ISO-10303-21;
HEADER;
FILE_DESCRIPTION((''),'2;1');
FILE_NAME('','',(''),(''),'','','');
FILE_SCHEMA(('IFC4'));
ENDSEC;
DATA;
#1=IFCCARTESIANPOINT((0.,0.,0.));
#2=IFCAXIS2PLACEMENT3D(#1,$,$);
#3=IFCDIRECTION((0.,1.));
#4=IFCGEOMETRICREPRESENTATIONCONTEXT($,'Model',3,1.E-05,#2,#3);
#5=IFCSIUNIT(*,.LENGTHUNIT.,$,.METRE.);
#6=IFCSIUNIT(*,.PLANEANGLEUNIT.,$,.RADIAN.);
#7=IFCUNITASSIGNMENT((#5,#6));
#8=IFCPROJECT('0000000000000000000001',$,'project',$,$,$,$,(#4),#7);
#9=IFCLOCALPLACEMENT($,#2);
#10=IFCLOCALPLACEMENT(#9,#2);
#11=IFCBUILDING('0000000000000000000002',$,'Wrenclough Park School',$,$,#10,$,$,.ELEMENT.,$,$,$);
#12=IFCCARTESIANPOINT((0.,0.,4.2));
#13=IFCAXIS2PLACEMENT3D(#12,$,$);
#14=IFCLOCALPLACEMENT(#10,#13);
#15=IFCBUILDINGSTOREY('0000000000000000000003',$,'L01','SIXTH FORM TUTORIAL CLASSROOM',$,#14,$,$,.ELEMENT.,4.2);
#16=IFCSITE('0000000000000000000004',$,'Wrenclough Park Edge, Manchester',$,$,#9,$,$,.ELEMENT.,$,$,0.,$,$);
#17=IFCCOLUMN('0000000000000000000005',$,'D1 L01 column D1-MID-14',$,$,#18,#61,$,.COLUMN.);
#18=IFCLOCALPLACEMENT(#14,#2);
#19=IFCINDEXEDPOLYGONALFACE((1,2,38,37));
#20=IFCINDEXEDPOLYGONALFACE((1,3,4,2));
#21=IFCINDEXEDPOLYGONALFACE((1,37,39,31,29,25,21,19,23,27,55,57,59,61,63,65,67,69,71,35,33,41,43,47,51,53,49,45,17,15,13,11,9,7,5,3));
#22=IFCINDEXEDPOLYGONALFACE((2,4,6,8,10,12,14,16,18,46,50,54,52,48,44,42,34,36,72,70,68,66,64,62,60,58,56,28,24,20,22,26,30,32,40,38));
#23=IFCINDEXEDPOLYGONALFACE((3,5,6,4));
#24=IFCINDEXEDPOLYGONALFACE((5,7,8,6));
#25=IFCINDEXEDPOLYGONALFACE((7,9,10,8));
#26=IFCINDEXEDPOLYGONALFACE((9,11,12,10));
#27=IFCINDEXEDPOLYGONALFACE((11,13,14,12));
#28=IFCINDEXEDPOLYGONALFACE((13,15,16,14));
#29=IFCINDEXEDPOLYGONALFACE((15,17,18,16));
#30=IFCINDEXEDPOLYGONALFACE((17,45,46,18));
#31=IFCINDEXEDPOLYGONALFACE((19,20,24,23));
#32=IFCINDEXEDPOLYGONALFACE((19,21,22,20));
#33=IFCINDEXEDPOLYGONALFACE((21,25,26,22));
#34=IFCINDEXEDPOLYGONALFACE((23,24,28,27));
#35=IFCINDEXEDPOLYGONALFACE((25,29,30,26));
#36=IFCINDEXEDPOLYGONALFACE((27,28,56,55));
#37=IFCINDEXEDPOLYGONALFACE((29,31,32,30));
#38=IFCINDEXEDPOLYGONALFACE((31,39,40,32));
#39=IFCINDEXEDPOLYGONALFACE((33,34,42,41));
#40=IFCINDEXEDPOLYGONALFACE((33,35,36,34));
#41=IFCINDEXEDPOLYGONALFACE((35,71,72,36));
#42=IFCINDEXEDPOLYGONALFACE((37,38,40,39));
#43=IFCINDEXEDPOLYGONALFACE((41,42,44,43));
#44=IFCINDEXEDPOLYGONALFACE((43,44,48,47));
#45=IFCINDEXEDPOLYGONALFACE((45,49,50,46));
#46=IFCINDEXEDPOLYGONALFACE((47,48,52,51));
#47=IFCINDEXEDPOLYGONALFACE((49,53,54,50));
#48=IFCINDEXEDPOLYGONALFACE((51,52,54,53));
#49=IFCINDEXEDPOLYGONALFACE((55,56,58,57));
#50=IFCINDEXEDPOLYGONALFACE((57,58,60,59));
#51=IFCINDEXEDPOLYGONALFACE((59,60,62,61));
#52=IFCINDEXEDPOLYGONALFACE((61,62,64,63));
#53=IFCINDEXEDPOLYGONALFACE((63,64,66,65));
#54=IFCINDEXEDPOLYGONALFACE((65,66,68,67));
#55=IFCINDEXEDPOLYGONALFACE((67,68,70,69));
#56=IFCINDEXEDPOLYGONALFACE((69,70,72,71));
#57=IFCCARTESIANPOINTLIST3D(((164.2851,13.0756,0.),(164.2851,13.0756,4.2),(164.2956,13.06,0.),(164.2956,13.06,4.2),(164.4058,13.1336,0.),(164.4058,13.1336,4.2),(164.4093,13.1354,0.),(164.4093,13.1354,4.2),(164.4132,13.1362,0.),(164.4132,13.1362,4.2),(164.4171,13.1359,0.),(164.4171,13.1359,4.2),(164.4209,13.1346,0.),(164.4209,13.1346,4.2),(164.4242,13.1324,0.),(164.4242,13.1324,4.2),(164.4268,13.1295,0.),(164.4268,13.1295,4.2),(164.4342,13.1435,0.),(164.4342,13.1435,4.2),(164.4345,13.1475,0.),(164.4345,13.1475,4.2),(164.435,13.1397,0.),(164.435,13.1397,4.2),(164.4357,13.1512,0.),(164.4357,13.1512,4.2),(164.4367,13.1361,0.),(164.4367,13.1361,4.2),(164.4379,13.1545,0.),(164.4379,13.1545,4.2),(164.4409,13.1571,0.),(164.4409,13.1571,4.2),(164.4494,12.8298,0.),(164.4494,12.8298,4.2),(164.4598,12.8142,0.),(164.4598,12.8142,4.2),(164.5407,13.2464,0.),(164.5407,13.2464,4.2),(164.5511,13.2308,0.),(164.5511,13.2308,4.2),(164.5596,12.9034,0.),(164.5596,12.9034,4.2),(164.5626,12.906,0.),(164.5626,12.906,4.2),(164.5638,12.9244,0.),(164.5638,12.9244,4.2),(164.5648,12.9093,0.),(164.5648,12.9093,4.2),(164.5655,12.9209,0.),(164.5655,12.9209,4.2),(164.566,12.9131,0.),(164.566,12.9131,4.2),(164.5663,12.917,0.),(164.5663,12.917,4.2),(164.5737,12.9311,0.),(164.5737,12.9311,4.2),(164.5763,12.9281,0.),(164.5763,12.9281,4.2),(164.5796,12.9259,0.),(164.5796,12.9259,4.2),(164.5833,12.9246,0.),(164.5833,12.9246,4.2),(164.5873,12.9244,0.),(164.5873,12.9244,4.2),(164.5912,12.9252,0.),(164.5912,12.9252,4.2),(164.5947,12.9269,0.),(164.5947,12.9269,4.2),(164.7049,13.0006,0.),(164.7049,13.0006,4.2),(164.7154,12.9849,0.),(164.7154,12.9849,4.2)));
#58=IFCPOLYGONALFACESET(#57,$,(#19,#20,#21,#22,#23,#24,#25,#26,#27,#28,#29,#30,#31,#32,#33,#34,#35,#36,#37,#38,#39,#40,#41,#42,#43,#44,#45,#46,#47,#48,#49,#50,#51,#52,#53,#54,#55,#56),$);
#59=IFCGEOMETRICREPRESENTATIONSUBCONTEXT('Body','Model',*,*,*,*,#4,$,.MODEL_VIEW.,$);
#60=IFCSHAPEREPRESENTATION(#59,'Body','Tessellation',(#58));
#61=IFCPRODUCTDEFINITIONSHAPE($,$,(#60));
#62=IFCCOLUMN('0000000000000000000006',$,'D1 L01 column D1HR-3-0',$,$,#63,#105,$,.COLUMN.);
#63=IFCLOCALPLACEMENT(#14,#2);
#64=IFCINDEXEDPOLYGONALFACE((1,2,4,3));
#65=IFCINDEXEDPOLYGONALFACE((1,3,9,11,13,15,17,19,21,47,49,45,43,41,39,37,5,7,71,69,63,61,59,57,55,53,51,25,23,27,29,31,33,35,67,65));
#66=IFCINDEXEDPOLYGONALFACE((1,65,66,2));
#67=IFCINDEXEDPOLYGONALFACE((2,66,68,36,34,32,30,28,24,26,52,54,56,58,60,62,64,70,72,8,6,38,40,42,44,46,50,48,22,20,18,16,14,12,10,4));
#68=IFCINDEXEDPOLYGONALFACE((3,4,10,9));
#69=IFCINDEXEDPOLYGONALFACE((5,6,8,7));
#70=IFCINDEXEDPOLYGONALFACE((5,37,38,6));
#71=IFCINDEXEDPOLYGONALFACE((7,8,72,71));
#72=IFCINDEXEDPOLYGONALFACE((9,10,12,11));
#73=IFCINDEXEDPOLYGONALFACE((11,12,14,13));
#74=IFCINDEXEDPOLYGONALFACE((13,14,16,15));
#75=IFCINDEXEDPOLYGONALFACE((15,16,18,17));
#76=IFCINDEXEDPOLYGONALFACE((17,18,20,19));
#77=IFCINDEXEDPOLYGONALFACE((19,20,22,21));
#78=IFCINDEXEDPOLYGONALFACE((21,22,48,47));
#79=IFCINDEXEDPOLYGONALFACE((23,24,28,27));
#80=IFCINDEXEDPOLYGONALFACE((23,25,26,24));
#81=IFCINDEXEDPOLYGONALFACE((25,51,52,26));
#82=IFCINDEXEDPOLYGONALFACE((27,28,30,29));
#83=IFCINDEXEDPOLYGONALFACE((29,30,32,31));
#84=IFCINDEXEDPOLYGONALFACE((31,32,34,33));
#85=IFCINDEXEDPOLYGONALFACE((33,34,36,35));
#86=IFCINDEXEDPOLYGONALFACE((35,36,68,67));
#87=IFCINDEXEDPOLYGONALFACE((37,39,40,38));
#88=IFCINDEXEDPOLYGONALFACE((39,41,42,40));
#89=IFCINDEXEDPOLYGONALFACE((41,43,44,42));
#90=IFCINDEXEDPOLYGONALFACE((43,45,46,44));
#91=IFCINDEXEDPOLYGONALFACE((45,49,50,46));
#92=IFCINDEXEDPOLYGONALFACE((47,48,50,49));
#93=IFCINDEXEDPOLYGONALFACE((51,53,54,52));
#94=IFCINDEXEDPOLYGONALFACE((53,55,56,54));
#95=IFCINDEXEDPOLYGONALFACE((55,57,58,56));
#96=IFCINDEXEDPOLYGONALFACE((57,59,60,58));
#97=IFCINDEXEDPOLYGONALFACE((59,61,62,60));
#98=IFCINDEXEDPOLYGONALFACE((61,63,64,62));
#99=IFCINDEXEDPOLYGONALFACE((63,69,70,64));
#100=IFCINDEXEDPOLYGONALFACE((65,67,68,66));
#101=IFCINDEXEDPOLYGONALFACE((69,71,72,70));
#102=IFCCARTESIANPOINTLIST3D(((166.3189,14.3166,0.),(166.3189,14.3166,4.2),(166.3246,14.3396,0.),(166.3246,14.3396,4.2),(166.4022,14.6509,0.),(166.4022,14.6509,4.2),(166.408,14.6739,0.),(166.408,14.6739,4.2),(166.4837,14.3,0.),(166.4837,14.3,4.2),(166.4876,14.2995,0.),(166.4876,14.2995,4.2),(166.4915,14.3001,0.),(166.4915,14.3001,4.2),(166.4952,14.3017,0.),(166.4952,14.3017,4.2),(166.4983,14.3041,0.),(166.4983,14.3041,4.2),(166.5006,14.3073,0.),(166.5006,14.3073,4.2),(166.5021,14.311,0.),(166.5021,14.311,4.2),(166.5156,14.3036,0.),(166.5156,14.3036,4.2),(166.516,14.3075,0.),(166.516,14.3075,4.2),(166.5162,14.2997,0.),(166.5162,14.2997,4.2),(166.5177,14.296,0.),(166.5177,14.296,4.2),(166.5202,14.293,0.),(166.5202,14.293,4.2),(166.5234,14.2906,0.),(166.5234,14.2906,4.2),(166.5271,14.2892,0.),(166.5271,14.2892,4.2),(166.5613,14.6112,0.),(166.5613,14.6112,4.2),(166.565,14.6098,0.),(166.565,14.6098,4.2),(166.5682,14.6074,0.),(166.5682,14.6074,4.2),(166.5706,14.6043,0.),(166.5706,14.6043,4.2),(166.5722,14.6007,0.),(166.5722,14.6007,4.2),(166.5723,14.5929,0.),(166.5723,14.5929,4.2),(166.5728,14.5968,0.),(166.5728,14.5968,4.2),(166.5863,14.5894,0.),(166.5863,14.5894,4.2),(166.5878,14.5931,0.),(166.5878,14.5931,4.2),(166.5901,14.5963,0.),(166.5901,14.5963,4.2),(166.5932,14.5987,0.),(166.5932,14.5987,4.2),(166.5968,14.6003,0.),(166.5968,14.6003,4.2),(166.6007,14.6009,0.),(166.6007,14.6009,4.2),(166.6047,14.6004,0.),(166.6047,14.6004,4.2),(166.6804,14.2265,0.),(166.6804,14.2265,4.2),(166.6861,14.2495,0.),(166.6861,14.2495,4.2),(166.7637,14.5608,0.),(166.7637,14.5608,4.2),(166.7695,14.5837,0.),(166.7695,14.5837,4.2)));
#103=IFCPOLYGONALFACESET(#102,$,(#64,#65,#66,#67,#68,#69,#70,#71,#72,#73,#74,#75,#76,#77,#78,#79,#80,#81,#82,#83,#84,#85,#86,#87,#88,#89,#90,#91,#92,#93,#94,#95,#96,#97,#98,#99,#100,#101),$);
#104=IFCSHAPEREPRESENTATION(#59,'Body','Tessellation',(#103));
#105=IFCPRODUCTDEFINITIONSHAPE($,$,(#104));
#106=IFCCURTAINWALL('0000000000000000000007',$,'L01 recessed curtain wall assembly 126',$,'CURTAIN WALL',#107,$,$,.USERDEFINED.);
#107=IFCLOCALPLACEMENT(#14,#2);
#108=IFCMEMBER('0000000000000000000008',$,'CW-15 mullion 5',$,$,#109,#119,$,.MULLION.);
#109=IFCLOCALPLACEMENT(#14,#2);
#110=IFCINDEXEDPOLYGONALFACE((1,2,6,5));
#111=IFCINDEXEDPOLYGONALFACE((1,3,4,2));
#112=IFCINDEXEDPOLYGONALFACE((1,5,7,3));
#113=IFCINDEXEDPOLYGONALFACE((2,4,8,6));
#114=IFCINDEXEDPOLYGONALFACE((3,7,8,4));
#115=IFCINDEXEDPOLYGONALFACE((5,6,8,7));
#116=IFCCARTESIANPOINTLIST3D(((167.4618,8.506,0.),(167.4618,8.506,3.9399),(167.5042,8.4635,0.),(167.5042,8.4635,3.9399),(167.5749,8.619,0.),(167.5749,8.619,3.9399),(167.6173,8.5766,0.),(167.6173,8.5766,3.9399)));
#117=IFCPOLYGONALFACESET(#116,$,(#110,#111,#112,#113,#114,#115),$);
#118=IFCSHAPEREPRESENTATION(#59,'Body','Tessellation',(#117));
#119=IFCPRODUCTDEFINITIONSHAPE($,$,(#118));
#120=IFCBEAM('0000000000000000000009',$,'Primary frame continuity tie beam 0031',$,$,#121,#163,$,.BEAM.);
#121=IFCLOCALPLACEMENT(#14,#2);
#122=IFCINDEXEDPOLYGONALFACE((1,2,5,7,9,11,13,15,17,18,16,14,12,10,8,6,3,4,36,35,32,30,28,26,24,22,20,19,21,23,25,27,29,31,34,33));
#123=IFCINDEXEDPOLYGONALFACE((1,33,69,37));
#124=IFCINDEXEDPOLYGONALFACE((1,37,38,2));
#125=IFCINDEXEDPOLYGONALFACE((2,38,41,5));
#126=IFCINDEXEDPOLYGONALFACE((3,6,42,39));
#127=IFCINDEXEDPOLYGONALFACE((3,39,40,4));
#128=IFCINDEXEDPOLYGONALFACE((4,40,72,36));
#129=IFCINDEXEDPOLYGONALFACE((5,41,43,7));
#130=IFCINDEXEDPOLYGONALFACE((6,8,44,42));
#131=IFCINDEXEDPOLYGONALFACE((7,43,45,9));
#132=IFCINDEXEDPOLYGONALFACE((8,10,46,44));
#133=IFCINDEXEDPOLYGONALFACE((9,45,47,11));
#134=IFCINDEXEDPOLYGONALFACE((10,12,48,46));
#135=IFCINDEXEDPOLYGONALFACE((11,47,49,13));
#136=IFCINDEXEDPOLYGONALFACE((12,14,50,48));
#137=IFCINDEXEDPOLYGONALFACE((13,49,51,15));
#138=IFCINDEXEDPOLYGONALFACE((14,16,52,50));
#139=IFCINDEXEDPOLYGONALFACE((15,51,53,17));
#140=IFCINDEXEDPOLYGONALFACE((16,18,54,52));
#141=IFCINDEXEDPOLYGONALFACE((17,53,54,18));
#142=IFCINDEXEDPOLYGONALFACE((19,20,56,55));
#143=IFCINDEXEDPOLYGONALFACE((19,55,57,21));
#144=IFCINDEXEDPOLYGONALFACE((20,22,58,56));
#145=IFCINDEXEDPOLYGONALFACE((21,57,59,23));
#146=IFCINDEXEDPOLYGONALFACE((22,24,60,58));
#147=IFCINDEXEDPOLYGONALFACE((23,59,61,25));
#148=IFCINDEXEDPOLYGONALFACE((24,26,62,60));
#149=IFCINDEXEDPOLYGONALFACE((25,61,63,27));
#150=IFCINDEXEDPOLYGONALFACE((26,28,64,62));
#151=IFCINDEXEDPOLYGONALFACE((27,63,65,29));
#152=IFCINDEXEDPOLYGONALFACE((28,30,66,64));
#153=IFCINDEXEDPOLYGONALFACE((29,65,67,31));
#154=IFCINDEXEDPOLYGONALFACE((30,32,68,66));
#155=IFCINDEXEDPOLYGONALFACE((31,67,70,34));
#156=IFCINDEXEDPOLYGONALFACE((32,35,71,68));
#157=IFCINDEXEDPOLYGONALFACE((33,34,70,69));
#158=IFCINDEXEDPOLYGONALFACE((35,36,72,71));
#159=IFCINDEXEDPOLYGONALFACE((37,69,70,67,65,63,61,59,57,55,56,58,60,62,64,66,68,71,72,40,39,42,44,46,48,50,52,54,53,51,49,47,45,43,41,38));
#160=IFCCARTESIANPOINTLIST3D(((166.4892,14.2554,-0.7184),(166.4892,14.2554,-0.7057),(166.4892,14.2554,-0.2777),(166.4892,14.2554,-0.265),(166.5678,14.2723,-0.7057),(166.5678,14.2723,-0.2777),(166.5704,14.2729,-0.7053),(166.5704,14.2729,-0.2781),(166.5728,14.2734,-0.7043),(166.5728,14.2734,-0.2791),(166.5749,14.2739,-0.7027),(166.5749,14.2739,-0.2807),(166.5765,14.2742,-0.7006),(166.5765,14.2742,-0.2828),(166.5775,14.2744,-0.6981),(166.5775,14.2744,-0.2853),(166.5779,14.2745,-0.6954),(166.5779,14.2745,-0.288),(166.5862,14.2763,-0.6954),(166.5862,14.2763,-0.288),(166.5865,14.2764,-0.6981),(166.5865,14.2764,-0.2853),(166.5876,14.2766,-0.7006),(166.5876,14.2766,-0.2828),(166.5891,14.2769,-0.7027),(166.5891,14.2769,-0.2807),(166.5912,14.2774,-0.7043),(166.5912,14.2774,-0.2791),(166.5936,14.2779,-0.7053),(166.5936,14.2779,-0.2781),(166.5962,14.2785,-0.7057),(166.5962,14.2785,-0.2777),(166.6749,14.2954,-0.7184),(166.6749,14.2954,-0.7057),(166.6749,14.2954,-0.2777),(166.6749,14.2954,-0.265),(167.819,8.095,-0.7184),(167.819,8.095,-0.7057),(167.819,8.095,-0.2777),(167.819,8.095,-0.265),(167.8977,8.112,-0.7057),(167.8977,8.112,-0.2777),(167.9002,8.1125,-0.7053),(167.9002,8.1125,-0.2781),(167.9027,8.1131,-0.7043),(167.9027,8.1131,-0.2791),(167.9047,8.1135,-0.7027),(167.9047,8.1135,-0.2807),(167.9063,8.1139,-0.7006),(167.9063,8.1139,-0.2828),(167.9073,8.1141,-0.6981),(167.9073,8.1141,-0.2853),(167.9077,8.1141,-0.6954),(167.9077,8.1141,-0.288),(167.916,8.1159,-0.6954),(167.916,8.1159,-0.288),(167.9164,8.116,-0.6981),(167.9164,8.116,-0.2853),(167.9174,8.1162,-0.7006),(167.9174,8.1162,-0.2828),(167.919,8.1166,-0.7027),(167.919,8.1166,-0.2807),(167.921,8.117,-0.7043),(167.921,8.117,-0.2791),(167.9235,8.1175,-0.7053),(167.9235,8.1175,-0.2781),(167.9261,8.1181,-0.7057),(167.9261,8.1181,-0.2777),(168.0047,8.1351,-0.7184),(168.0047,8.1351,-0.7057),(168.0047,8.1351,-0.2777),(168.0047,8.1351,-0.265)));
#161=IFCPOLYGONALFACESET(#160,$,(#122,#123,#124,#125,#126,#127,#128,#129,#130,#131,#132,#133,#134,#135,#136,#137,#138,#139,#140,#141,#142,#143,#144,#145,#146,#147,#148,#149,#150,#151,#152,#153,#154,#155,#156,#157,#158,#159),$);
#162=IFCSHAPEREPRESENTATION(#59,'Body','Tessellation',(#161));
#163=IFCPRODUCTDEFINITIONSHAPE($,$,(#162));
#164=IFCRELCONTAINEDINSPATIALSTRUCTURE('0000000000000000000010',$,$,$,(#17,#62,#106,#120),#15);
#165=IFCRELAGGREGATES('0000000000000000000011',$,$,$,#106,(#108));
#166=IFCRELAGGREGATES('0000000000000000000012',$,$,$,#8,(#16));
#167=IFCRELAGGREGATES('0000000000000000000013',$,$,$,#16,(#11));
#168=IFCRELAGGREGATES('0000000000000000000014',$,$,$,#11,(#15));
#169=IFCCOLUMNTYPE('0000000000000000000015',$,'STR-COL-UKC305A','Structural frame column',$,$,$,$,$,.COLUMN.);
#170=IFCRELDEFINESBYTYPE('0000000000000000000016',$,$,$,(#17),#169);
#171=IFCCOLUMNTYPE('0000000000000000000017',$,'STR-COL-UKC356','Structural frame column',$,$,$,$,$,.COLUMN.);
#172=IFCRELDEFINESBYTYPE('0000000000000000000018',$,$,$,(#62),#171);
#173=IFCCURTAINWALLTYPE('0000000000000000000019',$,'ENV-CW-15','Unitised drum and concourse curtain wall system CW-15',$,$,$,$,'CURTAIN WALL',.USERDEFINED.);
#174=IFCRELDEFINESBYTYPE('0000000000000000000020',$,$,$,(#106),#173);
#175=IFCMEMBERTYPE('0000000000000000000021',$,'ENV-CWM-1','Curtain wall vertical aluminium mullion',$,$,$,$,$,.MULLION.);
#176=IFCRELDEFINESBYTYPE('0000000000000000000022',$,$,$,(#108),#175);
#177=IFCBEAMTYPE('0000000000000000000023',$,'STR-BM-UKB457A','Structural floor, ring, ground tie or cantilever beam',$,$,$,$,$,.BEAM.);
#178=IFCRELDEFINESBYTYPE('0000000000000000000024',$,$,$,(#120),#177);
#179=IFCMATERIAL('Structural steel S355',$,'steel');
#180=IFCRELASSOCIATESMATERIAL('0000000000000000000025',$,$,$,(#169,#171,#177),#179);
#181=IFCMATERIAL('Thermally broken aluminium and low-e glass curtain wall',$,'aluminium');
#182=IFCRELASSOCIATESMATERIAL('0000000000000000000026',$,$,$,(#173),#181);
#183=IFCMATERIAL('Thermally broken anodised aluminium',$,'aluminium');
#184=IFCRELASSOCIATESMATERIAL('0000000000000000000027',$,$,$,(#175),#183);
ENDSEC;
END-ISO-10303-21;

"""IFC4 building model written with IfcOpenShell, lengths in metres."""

from ifc_helpers import new_model, si_unit, direction, frame, origin, origin_2d, place, context, subcontext, project, spatial, rectangle, i_section, extrude, material, material_profile, profile_set, type_object, element, aggregate, save


model = new_model("IFC4")

# Units and contexts
model_context = context("Model", 3, precision=1e-05, world=origin(), true_north=direction((0.0, 1.0)))
body_context = subcontext(model_context, "Body", "Model", "MODEL_VIEW")
ifc_project = project(units=[si_unit("LENGTHUNIT", "METRE"), si_unit("PLANEANGLEUNIT", "RADIAN")], contexts=[model_context])

# Site, building, storey
site_placement = place(None, origin())
site = spatial("IfcSite", under=ifc_project, at=site_placement, Name="Wrenclough Park Edge, Manchester", CompositionType="ELEMENT", RefElevation=0.0)
building_placement = place(site_placement, origin())
building = spatial("IfcBuilding", under=site, at=building_placement, Name="Wrenclough Park School", CompositionType="ELEMENT")
storey_placement = place(building_placement, frame((0.0, 0.0, 4.2)))
storey = spatial("IfcBuildingStorey", under=building, at=storey_placement, Name="L01", Description="SIXTH FORM TUTORIAL CLASSROOM", CompositionType="ELEMENT", Elevation=4.2)

# Columns
ifc_material_1 = material(Name="Structural steel S355", Category="steel")
ifc_material_profile_1 = material_profile(ifc_material_1, i_section(OverallWidth=0.3074, OverallDepth=0.3145, WebThickness=0.012, FlangeThickness=0.0188, FilletRadius=0.0151, at=origin_2d()), Name="UKC 305x305x118")
ifc_profile_set_1 = profile_set([ifc_material_profile_1], Name="Structural steel S355")
column_type_1 = type_object("IfcColumnType", Name="STR-COL-UKC305A", Description="Structural frame column", PredefinedType="COLUMN", material=ifc_profile_set_1)
column_1_placement = place(storey_placement, frame((164.5002, 13.0303, 0.0), z_axis=(0.0, 0.0, 1.0), x_axis=(0.83147, 0.55557, 0.0)))
element("IfcColumn", 1, at=column_1_placement, inside=storey, type_object=column_type_1, Name="D1 L01 column D1-MID-14", PredefinedType="COLUMN", context=body_context, shape_type="SweptSolid", body=[
    extrude(i_section(OverallWidth=0.3074, OverallDepth=0.3145, WebThickness=0.012, FlangeThickness=0.0188, FilletRadius=0.0151, at=origin_2d()), origin(), (0.0, 0.0, 1.0), 4.2),
])
ifc_material_profile_2 = material_profile(ifc_material_1, i_section(OverallWidth=0.3726, OverallDepth=0.3682, WebThickness=0.0144, FlangeThickness=0.0237, FilletRadius=0.0151, at=origin_2d()), Name="UKC 356x368x177")
ifc_profile_set_2 = profile_set([ifc_material_profile_2], Name="Structural steel S355")
column_type_2 = type_object("IfcColumnType", Name="STR-COL-UKC356", Description="Structural frame column", PredefinedType="COLUMN", material=ifc_profile_set_2)
column_2_placement = place(storey_placement, frame((166.5442, 14.4502, 0.0), z_axis=(0.0, 0.0, 1.0), x_axis=(0.970296, -0.241922, 0.0)))
element("IfcColumn", 2, at=column_2_placement, inside=storey, type_object=column_type_2, Name="D1 L01 column D1HR-3-0", PredefinedType="COLUMN", context=body_context, shape_type="SweptSolid", body=[
    extrude(i_section(OverallWidth=0.3726, OverallDepth=0.3682, WebThickness=0.0144, FlangeThickness=0.0237, FilletRadius=0.0151, at=origin_2d()), origin(), (0.0, 0.0, 1.0), 4.2),
])

# Curtain wall, member
ifc_material_2 = material(Name="Thermally broken aluminium and low-e glass curtain wall", Category="aluminium")
curtain_wall_type = type_object("IfcCurtainWallType", Name="ENV-CW-15", Description="Unitised drum and concourse curtain wall system CW-15", ElementType="CURTAIN WALL", PredefinedType="USERDEFINED", material=ifc_material_2)
curtain_wall_placement = place(storey_placement, origin())
curtain_wall = element("IfcCurtainWall", 3, at=curtain_wall_placement, inside=storey, type_object=curtain_wall_type, Name="L01 recessed curtain wall assembly 126", ObjectType="CURTAIN WALL", PredefinedType="USERDEFINED")
ifc_material_3 = material(Name="Thermally broken anodised aluminium", Category="aluminium")
ifc_material_profile_3 = material_profile(ifc_material_3, rectangle(XDim=0.0601, YDim=0.1599, at=origin_2d()), Name="AL MULLION 60x160")
ifc_profile_set_3 = profile_set([ifc_material_profile_3], Name="Thermally broken anodised aluminium")
member_type = type_object("IfcMemberType", Name="ENV-CWM-1", Description="Curtain wall vertical aluminium mullion", PredefinedType="MULLION", material=ifc_profile_set_3)
member_placement = place(storey_placement, frame((167.5396, 8.5413, 0.0), z_axis=(0.0, 0.0, 1.0), x_axis=(0.707107, -0.707107, 0.0)))
member = element("IfcMember", 4, at=member_placement, type_object=member_type, Name="CW-15 mullion 5", PredefinedType="MULLION", context=body_context, shape_type="SweptSolid", body=[
    extrude(rectangle(XDim=0.0601, YDim=0.1599, at=origin_2d()), origin(), (0.0, 0.0, 1.0), 3.9399),
])
aggregate(curtain_wall, [member])

# Beam
ifc_material_profile_4 = material_profile(ifc_material_1, i_section(OverallWidth=0.1899, OverallDepth=0.4534, WebThickness=0.0085, FlangeThickness=0.0127, FilletRadius=0.0103, at=origin_2d()), Name="UKB 457x191x67")
ifc_profile_set_4 = profile_set([ifc_material_profile_4], Name="Structural steel S355")
beam_type_1 = type_object("IfcBeamType", Name="STR-BM-UKB457A", Description="Structural floor, ring, ground tie or cantilever beam", PredefinedType="BEAM", material=ifc_profile_set_4)
beam_1_placement = place(storey_placement, frame((166.582, 14.2754, -0.4917), z_axis=(0.211008, -0.977484, 0.0), x_axis=(0.977484, 0.211008, 0.0)))
element("IfcBeam", 5, at=beam_1_placement, inside=storey, type_object=beam_type_1, Name="Primary frame continuity tie beam 0031", PredefinedType="BEAM", context=body_context, shape_type="SweptSolid", body=[
    extrude(i_section(OverallWidth=0.1899, OverallDepth=0.4534, WebThickness=0.0085, FlangeThickness=0.0127, FilletRadius=0.0103, at=origin_2d()), origin(), (0.0, 0.0, 1.0), 6.3022),
])

save(model, "model.ifc")
